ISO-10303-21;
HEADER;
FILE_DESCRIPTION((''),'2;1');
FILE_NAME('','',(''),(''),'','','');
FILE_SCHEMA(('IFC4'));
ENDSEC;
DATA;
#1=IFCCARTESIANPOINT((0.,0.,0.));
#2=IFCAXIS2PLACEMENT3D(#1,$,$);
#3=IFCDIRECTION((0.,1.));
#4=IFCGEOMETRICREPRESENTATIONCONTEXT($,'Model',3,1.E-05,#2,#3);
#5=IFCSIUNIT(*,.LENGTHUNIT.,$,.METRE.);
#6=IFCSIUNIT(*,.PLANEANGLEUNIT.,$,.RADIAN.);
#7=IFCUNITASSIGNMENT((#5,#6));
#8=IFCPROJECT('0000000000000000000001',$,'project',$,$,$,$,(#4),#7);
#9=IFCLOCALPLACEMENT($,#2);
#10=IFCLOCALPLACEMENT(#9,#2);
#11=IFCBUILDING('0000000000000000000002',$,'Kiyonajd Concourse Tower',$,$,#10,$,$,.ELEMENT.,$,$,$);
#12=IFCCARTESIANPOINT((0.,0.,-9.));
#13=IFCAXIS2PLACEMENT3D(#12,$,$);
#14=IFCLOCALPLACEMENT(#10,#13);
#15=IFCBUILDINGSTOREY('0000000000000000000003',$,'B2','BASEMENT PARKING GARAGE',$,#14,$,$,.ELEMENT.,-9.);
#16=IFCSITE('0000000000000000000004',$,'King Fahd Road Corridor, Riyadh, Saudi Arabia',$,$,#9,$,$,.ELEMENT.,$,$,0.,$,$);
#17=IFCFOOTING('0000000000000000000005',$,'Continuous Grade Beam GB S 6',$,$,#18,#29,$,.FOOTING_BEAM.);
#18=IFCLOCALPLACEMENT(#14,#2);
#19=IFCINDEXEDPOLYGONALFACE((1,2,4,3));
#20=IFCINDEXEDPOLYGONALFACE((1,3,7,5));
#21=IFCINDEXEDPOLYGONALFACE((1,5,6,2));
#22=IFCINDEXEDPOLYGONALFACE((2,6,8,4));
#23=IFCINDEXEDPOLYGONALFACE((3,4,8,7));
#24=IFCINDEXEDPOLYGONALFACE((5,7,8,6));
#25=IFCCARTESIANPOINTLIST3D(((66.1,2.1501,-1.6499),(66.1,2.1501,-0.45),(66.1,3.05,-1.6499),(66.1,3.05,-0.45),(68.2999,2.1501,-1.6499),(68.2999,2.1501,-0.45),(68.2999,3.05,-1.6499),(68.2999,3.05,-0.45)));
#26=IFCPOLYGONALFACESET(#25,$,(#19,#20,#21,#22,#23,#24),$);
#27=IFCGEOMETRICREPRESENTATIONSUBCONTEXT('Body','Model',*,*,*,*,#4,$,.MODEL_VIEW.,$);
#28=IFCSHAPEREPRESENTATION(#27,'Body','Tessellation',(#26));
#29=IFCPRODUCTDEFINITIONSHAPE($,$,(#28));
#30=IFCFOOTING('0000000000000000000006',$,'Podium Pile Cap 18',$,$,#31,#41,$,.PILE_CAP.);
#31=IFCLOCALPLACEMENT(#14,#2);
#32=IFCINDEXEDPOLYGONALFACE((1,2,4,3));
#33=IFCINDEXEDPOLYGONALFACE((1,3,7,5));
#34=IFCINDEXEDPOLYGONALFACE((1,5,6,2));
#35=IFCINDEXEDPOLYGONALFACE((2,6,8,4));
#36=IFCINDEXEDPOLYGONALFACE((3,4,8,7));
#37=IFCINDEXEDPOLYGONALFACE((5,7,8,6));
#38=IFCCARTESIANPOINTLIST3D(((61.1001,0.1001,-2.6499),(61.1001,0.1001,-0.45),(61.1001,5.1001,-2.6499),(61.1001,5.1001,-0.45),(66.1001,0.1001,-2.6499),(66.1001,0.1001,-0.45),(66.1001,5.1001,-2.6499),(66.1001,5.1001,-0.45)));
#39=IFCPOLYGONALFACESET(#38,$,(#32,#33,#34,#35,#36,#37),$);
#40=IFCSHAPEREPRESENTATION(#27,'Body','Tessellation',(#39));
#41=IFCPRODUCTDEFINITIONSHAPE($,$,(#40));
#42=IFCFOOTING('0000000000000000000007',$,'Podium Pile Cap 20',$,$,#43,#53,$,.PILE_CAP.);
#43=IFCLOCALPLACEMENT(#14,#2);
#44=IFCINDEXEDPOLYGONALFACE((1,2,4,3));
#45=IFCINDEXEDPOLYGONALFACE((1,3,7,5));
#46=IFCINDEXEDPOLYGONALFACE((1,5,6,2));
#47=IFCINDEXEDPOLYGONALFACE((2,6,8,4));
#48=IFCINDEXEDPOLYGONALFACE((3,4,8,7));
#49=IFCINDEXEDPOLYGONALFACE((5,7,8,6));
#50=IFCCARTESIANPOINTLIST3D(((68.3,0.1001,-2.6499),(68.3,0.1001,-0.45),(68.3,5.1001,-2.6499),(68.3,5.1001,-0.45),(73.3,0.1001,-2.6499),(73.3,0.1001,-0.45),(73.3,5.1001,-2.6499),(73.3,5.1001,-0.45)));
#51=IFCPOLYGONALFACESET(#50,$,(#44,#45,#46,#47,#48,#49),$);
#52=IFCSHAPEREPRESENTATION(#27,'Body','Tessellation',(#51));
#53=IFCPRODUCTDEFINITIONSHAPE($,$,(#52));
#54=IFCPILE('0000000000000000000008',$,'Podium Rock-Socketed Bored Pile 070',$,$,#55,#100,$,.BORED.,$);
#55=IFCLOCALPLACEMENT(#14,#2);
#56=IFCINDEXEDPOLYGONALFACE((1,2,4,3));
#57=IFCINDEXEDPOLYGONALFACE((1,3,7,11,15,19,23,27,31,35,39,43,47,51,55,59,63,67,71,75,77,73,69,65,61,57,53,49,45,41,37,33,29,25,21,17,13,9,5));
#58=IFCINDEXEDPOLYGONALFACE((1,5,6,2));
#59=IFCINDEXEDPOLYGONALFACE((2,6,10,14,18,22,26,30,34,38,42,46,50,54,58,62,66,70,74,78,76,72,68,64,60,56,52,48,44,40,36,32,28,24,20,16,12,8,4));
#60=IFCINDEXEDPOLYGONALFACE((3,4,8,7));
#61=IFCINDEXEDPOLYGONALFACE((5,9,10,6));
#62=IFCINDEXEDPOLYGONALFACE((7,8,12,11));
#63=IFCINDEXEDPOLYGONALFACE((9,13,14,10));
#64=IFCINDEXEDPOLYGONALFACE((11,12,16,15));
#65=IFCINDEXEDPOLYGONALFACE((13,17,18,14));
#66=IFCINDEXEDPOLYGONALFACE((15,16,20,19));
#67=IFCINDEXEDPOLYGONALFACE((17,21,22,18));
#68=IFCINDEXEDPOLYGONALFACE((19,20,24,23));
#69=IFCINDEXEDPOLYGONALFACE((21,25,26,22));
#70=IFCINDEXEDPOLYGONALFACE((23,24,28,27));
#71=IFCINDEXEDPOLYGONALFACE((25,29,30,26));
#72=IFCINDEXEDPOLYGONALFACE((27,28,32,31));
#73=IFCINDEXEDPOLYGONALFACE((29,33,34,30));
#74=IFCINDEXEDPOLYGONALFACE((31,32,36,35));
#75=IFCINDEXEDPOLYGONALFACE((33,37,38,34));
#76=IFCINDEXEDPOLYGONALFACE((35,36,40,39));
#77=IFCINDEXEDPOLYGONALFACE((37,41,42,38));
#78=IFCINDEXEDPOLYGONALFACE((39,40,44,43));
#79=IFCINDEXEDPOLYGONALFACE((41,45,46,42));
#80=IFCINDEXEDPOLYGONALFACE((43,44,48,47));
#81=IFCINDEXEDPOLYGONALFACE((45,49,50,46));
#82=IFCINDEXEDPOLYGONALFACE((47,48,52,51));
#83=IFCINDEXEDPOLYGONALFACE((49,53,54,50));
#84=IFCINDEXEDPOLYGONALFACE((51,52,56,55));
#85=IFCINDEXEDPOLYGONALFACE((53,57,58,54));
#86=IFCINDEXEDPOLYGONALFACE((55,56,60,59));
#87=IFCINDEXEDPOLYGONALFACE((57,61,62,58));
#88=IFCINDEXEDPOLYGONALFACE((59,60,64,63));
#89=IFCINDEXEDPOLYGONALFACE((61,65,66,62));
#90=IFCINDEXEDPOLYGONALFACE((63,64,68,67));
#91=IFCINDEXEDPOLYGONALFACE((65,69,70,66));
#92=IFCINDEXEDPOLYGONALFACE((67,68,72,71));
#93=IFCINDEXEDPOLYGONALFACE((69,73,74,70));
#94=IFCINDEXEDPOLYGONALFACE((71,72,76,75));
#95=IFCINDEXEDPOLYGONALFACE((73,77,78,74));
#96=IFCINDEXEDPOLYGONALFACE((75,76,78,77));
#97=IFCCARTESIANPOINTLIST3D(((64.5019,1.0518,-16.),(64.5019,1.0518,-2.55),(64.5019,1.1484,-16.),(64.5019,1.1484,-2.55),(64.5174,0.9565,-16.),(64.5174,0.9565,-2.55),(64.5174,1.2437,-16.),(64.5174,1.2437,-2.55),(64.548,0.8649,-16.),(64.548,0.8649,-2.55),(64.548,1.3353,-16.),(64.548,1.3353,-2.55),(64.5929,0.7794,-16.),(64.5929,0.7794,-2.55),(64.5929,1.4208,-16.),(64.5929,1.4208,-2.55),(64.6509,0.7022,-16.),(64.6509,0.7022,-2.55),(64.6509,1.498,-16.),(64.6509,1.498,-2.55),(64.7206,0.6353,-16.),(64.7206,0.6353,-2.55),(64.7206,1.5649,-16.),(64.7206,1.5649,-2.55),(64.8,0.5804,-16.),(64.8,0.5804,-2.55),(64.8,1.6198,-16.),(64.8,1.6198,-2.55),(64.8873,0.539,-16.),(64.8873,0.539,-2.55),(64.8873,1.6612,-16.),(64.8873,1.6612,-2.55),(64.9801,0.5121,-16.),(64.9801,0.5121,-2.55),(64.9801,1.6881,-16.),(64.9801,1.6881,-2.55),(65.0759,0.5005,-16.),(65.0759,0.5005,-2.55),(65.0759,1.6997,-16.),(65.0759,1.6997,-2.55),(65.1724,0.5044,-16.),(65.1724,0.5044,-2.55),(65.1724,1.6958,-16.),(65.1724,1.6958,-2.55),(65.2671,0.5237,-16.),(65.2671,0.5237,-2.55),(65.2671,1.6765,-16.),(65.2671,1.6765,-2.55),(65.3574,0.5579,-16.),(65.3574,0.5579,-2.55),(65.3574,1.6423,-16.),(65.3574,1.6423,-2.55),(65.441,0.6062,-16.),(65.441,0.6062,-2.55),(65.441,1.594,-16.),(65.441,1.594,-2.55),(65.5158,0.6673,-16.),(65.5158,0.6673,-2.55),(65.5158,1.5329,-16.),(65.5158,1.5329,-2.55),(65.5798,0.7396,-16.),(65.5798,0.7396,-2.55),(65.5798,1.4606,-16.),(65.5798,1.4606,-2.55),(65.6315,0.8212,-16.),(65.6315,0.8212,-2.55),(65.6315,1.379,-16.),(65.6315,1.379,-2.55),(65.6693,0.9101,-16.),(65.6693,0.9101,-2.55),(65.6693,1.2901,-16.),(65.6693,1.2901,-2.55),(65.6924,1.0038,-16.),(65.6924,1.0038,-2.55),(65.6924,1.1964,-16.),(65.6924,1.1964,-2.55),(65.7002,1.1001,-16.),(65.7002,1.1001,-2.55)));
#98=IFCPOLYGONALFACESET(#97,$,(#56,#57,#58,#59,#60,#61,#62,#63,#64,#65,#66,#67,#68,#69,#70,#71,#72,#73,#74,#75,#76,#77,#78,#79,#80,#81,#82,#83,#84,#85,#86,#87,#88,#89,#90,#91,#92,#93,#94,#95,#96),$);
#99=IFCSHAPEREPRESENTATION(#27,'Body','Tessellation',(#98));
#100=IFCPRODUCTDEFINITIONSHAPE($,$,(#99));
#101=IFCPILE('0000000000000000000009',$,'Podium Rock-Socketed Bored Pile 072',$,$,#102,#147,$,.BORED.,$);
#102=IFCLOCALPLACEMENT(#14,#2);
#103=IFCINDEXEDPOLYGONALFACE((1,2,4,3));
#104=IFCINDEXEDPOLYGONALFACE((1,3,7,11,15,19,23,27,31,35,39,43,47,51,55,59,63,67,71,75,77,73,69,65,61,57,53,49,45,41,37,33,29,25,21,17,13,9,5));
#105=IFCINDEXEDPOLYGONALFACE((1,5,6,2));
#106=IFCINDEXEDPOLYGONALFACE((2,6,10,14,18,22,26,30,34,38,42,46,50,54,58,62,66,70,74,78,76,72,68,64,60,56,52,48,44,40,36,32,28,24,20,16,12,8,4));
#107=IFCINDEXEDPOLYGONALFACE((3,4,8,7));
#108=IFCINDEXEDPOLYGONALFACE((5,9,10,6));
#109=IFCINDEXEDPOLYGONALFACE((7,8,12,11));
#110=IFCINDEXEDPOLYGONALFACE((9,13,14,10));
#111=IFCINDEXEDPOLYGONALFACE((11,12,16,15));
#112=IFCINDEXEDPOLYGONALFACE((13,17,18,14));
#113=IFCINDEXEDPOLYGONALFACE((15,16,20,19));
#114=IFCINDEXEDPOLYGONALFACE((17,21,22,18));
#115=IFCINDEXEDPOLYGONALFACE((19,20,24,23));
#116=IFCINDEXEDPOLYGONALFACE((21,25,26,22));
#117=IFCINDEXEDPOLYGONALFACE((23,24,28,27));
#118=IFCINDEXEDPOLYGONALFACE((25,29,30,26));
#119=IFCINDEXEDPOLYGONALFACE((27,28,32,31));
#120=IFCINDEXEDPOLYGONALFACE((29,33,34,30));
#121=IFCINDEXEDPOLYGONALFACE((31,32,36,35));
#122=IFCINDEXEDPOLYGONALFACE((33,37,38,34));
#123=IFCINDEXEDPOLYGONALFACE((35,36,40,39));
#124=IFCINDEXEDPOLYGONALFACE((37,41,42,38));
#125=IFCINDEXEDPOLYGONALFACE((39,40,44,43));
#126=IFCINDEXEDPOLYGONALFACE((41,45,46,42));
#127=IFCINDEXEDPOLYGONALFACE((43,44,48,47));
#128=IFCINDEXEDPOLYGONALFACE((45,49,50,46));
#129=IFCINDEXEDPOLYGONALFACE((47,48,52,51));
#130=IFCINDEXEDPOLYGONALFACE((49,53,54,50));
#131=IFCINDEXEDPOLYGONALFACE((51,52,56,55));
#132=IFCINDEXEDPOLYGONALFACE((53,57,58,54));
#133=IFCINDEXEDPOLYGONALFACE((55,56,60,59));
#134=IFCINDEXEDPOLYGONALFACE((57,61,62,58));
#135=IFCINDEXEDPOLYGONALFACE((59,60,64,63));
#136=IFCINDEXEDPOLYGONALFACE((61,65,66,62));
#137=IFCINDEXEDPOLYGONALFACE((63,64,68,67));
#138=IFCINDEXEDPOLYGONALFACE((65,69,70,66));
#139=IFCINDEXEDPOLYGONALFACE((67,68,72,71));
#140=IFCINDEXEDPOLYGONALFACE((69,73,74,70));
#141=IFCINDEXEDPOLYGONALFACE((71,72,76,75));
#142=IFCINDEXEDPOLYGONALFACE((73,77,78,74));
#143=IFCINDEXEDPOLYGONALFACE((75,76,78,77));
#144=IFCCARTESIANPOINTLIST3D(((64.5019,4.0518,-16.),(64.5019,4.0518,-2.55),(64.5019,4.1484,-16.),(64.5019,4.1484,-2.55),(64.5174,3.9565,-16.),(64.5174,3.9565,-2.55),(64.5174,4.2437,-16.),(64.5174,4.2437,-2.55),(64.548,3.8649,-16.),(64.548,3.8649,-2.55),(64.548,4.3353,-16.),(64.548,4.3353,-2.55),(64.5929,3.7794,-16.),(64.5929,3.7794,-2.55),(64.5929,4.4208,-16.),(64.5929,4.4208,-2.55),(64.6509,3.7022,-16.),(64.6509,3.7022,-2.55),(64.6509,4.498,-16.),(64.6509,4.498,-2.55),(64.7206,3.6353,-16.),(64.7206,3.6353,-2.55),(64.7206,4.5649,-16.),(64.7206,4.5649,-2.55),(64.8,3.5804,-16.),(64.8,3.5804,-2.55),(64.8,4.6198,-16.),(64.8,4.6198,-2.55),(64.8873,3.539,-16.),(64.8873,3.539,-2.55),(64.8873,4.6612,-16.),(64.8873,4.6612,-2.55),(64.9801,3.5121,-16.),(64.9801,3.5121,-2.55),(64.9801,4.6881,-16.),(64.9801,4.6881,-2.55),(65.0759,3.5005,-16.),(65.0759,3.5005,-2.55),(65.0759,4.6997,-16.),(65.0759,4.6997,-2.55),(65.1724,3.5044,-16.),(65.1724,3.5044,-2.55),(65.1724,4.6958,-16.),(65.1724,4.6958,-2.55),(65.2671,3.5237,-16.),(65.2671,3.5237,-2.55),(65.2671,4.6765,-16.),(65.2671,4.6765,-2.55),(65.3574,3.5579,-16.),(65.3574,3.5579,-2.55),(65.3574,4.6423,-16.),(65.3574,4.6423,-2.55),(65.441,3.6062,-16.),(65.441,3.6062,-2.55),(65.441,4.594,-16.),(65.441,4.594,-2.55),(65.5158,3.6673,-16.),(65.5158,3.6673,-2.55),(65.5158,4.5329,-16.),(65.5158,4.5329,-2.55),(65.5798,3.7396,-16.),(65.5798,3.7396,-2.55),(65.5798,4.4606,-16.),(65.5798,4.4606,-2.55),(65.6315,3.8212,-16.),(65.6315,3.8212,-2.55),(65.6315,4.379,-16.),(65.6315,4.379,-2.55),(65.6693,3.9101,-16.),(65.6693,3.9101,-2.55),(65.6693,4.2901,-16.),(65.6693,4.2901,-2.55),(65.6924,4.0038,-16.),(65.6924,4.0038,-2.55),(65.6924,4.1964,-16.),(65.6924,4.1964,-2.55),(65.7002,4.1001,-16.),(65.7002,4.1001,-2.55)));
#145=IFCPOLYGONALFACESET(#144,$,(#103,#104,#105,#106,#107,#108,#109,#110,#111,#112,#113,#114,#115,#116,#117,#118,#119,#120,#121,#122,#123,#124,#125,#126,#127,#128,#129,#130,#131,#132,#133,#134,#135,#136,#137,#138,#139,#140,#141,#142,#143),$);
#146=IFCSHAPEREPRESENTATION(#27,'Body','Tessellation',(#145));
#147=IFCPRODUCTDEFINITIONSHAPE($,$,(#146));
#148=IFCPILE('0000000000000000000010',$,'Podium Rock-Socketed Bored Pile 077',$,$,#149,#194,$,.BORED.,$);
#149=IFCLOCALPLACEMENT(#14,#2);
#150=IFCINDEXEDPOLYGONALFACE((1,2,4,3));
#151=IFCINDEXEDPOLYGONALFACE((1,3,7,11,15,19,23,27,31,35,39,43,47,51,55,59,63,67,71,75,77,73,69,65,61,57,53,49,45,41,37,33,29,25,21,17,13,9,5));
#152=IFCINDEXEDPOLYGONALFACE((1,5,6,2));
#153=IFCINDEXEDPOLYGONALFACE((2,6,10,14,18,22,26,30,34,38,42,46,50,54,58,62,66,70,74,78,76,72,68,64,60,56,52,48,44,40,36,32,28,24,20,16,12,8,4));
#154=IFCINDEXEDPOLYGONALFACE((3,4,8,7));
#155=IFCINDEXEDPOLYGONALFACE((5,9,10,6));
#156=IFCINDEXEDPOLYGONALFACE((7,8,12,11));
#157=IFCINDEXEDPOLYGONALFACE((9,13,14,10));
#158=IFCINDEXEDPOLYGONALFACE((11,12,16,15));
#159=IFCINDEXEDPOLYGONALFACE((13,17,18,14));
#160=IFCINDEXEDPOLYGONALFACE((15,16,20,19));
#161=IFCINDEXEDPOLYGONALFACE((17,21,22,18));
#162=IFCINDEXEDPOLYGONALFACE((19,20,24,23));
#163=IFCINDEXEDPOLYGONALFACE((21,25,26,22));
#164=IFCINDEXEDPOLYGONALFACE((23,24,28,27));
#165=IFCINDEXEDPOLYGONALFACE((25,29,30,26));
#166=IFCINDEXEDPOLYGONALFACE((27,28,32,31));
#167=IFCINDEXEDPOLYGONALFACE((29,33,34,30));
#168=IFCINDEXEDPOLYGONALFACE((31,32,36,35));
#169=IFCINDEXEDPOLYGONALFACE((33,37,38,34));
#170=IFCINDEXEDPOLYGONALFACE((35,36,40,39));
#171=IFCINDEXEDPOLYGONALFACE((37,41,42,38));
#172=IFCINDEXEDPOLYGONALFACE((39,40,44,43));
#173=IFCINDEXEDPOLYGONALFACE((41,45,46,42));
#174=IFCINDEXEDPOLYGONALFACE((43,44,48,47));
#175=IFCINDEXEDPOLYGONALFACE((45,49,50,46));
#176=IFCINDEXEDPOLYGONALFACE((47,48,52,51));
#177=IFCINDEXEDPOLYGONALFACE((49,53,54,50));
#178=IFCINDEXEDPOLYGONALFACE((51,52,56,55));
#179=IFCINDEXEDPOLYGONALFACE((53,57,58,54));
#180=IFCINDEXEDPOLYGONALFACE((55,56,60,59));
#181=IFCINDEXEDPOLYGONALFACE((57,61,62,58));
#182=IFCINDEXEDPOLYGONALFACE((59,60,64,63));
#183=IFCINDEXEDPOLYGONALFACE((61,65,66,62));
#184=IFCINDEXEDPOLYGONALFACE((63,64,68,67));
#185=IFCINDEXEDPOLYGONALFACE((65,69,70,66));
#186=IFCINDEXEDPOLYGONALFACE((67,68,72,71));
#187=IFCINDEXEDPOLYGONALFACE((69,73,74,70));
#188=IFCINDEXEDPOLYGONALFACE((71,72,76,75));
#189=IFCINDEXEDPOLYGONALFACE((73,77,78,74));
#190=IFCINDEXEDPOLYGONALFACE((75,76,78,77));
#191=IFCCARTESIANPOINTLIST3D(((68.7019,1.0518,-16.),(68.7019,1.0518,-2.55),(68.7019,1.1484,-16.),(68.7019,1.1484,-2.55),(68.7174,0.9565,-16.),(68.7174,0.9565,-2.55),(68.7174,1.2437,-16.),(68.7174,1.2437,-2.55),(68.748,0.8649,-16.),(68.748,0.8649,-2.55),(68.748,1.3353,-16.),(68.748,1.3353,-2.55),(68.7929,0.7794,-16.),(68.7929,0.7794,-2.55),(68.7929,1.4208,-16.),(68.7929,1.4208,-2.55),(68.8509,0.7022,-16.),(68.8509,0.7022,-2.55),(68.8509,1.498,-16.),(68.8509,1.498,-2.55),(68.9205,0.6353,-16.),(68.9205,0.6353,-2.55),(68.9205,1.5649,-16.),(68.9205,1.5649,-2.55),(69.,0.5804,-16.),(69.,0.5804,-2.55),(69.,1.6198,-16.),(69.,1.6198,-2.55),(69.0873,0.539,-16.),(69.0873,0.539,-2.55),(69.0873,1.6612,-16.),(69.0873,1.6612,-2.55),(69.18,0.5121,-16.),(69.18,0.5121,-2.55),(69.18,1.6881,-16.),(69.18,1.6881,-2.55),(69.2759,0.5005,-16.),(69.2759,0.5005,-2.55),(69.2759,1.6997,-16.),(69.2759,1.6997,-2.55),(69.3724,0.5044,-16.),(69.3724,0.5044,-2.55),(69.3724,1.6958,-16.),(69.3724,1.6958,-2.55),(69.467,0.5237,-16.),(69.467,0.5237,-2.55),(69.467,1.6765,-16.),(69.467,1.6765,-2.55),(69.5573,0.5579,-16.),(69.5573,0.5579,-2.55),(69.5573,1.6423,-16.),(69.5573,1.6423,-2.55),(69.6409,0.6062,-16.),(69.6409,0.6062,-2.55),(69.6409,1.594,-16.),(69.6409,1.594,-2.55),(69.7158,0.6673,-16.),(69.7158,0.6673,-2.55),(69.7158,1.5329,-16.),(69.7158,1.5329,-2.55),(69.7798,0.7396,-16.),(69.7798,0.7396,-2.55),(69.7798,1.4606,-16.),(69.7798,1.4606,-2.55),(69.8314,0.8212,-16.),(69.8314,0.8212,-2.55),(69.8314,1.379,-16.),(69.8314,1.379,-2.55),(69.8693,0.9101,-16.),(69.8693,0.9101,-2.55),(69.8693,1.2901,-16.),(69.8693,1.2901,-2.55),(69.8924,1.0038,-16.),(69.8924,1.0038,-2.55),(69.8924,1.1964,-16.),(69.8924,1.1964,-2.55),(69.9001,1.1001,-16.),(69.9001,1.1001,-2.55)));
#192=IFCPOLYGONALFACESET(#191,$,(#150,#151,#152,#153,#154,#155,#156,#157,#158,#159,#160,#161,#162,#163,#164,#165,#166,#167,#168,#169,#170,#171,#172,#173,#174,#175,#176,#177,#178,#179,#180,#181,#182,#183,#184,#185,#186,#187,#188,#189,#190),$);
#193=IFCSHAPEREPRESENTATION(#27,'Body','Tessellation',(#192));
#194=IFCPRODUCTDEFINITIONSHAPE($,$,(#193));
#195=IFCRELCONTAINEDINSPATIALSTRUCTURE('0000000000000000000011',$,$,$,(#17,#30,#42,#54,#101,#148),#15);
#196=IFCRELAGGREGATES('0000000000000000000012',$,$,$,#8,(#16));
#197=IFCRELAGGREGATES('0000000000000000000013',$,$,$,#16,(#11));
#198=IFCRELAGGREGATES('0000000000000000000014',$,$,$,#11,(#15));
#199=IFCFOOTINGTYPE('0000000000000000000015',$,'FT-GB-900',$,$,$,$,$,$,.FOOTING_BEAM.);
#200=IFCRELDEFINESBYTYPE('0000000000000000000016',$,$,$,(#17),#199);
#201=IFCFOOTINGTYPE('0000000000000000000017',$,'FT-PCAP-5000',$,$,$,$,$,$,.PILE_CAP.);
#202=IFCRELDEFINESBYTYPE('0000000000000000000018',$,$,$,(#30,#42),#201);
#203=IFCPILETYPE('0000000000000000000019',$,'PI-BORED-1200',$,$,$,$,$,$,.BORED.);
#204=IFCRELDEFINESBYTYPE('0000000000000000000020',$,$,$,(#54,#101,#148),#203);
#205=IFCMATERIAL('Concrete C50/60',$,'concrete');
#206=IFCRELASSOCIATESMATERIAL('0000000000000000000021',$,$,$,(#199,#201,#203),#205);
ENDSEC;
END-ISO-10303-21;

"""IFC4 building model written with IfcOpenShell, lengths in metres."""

from ifc_helpers import new_model, si_unit, direction, frame, origin, origin_2d, place, context, subcontext, project, spatial, rectangle, circle, extrude, material, material_profile, profile_set, type_object, element, save


model = new_model("IFC4")

# Units and contexts
model_context = context("Model", 3, precision=1e-05, world=origin(), true_north=direction((0.0, 1.0)))
body_context = subcontext(model_context, "Body", "Model", "MODEL_VIEW")
ifc_project = project(units=[si_unit("LENGTHUNIT", "METRE"), si_unit("PLANEANGLEUNIT", "RADIAN")], contexts=[model_context])

# Site, building, storey
site_placement = place(None, origin())
site = spatial("IfcSite", under=ifc_project, at=site_placement, Name="King Fahd Road Corridor, Riyadh, Saudi Arabia", CompositionType="ELEMENT", RefElevation=0.0)
building_placement = place(site_placement, origin())
building = spatial("IfcBuilding", under=site, at=building_placement, Name="Kiyonajd Concourse Tower", CompositionType="ELEMENT")
storey_placement = place(building_placement, frame((0.0, 0.0, -9.0)))
storey = spatial("IfcBuildingStorey", under=building, at=storey_placement, Name="B2", Description="BASEMENT PARKING GARAGE", CompositionType="ELEMENT", Elevation=-9.0)

# Footings
ifc_material_1 = material(Name="Concrete C50/60", Category="concrete")
footing_type_1 = type_object("IfcFootingType", Name="FT-GB-900", PredefinedType="FOOTING_BEAM", material=ifc_material_1)
footing_placement = place(storey_placement, frame((67.2, 2.6001, -1.6499), z_axis=(0.0, 0.0, 1.0), x_axis=(1.0, 0.0, 0.0)))
element("IfcFooting", 1, at=footing_placement, inside=storey, type_object=footing_type_1, Name="Continuous Grade Beam GB S 6", PredefinedType="FOOTING_BEAM", context=body_context, shape_type="SweptSolid", body=[
    extrude(rectangle(XDim=2.2, YDim=0.8999, at=origin_2d()), origin(), (0.0, 0.0, 1.0), 1.2),
])
footing_type_2 = type_object("IfcFootingType", Name="FT-PCAP-5000", PredefinedType="PILE_CAP", material=ifc_material_1)
for number, where, z_axis, x_axis, name in (
    (2, (63.6001, 2.6001, -2.6499), (0.0, 0.0, 1.0), (1.0, 0.0, 0.0), "Podium Pile Cap 18"),
    (3, (70.8, 2.6001, -2.6499), (0.0, 0.0, 1.0), (1.0, 0.0, 0.0), "Podium Pile Cap 20"),
):
    element("IfcFooting", number, at=place(storey_placement, frame(where, z_axis=z_axis, x_axis=x_axis)), inside=storey, type_object=footing_type_2, Name=name, PredefinedType="PILE_CAP", context=body_context, shape_type="SweptSolid", body=[
        extrude(rectangle(XDim=5.0, YDim=5.0, at=origin_2d()), origin(), (0.0, 0.0, 1.0), 2.2),
    ])

# Piles
ifc_material_profile_1 = material_profile(ifc_material_1, circle(Radius=0.6001, at=origin_2d()), Name="PILE-D1200")
ifc_profile_set_1 = profile_set([ifc_material_profile_1], Name="Concrete C50/60")
pile_type_1 = type_object("IfcPileType", Name="PI-BORED-1200", PredefinedType="BORED", material=ifc_profile_set_1)
for number, where, z_axis, x_axis, name in (
    (4, (65.1001, 1.1001, -2.55), (0.0, 0.0, -1.0), (1.0, 0.0, 0.0), "Podium Rock-Socketed Bored Pile 070"),
    (5, (65.1001, 4.1001, -2.55), (0.0, 0.0, -1.0), (1.0, 0.0, 0.0), "Podium Rock-Socketed Bored Pile 072"),
    (6, (69.3, 1.1001, -2.55), (0.0, 0.0, -1.0), (1.0, 0.0, 0.0), "Podium Rock-Socketed Bored Pile 077"),
):
    element("IfcPile", number, at=place(storey_placement, frame(where, z_axis=z_axis, x_axis=x_axis)), inside=storey, type_object=pile_type_1, Name=name, PredefinedType="BORED", context=body_context, shape_type="SweptSolid", body=[
        extrude(circle(Radius=0.6001, at=origin_2d()), origin(), (0.0, 0.0, 1.0), 13.45),
    ])

save(model, "model.ifc")
